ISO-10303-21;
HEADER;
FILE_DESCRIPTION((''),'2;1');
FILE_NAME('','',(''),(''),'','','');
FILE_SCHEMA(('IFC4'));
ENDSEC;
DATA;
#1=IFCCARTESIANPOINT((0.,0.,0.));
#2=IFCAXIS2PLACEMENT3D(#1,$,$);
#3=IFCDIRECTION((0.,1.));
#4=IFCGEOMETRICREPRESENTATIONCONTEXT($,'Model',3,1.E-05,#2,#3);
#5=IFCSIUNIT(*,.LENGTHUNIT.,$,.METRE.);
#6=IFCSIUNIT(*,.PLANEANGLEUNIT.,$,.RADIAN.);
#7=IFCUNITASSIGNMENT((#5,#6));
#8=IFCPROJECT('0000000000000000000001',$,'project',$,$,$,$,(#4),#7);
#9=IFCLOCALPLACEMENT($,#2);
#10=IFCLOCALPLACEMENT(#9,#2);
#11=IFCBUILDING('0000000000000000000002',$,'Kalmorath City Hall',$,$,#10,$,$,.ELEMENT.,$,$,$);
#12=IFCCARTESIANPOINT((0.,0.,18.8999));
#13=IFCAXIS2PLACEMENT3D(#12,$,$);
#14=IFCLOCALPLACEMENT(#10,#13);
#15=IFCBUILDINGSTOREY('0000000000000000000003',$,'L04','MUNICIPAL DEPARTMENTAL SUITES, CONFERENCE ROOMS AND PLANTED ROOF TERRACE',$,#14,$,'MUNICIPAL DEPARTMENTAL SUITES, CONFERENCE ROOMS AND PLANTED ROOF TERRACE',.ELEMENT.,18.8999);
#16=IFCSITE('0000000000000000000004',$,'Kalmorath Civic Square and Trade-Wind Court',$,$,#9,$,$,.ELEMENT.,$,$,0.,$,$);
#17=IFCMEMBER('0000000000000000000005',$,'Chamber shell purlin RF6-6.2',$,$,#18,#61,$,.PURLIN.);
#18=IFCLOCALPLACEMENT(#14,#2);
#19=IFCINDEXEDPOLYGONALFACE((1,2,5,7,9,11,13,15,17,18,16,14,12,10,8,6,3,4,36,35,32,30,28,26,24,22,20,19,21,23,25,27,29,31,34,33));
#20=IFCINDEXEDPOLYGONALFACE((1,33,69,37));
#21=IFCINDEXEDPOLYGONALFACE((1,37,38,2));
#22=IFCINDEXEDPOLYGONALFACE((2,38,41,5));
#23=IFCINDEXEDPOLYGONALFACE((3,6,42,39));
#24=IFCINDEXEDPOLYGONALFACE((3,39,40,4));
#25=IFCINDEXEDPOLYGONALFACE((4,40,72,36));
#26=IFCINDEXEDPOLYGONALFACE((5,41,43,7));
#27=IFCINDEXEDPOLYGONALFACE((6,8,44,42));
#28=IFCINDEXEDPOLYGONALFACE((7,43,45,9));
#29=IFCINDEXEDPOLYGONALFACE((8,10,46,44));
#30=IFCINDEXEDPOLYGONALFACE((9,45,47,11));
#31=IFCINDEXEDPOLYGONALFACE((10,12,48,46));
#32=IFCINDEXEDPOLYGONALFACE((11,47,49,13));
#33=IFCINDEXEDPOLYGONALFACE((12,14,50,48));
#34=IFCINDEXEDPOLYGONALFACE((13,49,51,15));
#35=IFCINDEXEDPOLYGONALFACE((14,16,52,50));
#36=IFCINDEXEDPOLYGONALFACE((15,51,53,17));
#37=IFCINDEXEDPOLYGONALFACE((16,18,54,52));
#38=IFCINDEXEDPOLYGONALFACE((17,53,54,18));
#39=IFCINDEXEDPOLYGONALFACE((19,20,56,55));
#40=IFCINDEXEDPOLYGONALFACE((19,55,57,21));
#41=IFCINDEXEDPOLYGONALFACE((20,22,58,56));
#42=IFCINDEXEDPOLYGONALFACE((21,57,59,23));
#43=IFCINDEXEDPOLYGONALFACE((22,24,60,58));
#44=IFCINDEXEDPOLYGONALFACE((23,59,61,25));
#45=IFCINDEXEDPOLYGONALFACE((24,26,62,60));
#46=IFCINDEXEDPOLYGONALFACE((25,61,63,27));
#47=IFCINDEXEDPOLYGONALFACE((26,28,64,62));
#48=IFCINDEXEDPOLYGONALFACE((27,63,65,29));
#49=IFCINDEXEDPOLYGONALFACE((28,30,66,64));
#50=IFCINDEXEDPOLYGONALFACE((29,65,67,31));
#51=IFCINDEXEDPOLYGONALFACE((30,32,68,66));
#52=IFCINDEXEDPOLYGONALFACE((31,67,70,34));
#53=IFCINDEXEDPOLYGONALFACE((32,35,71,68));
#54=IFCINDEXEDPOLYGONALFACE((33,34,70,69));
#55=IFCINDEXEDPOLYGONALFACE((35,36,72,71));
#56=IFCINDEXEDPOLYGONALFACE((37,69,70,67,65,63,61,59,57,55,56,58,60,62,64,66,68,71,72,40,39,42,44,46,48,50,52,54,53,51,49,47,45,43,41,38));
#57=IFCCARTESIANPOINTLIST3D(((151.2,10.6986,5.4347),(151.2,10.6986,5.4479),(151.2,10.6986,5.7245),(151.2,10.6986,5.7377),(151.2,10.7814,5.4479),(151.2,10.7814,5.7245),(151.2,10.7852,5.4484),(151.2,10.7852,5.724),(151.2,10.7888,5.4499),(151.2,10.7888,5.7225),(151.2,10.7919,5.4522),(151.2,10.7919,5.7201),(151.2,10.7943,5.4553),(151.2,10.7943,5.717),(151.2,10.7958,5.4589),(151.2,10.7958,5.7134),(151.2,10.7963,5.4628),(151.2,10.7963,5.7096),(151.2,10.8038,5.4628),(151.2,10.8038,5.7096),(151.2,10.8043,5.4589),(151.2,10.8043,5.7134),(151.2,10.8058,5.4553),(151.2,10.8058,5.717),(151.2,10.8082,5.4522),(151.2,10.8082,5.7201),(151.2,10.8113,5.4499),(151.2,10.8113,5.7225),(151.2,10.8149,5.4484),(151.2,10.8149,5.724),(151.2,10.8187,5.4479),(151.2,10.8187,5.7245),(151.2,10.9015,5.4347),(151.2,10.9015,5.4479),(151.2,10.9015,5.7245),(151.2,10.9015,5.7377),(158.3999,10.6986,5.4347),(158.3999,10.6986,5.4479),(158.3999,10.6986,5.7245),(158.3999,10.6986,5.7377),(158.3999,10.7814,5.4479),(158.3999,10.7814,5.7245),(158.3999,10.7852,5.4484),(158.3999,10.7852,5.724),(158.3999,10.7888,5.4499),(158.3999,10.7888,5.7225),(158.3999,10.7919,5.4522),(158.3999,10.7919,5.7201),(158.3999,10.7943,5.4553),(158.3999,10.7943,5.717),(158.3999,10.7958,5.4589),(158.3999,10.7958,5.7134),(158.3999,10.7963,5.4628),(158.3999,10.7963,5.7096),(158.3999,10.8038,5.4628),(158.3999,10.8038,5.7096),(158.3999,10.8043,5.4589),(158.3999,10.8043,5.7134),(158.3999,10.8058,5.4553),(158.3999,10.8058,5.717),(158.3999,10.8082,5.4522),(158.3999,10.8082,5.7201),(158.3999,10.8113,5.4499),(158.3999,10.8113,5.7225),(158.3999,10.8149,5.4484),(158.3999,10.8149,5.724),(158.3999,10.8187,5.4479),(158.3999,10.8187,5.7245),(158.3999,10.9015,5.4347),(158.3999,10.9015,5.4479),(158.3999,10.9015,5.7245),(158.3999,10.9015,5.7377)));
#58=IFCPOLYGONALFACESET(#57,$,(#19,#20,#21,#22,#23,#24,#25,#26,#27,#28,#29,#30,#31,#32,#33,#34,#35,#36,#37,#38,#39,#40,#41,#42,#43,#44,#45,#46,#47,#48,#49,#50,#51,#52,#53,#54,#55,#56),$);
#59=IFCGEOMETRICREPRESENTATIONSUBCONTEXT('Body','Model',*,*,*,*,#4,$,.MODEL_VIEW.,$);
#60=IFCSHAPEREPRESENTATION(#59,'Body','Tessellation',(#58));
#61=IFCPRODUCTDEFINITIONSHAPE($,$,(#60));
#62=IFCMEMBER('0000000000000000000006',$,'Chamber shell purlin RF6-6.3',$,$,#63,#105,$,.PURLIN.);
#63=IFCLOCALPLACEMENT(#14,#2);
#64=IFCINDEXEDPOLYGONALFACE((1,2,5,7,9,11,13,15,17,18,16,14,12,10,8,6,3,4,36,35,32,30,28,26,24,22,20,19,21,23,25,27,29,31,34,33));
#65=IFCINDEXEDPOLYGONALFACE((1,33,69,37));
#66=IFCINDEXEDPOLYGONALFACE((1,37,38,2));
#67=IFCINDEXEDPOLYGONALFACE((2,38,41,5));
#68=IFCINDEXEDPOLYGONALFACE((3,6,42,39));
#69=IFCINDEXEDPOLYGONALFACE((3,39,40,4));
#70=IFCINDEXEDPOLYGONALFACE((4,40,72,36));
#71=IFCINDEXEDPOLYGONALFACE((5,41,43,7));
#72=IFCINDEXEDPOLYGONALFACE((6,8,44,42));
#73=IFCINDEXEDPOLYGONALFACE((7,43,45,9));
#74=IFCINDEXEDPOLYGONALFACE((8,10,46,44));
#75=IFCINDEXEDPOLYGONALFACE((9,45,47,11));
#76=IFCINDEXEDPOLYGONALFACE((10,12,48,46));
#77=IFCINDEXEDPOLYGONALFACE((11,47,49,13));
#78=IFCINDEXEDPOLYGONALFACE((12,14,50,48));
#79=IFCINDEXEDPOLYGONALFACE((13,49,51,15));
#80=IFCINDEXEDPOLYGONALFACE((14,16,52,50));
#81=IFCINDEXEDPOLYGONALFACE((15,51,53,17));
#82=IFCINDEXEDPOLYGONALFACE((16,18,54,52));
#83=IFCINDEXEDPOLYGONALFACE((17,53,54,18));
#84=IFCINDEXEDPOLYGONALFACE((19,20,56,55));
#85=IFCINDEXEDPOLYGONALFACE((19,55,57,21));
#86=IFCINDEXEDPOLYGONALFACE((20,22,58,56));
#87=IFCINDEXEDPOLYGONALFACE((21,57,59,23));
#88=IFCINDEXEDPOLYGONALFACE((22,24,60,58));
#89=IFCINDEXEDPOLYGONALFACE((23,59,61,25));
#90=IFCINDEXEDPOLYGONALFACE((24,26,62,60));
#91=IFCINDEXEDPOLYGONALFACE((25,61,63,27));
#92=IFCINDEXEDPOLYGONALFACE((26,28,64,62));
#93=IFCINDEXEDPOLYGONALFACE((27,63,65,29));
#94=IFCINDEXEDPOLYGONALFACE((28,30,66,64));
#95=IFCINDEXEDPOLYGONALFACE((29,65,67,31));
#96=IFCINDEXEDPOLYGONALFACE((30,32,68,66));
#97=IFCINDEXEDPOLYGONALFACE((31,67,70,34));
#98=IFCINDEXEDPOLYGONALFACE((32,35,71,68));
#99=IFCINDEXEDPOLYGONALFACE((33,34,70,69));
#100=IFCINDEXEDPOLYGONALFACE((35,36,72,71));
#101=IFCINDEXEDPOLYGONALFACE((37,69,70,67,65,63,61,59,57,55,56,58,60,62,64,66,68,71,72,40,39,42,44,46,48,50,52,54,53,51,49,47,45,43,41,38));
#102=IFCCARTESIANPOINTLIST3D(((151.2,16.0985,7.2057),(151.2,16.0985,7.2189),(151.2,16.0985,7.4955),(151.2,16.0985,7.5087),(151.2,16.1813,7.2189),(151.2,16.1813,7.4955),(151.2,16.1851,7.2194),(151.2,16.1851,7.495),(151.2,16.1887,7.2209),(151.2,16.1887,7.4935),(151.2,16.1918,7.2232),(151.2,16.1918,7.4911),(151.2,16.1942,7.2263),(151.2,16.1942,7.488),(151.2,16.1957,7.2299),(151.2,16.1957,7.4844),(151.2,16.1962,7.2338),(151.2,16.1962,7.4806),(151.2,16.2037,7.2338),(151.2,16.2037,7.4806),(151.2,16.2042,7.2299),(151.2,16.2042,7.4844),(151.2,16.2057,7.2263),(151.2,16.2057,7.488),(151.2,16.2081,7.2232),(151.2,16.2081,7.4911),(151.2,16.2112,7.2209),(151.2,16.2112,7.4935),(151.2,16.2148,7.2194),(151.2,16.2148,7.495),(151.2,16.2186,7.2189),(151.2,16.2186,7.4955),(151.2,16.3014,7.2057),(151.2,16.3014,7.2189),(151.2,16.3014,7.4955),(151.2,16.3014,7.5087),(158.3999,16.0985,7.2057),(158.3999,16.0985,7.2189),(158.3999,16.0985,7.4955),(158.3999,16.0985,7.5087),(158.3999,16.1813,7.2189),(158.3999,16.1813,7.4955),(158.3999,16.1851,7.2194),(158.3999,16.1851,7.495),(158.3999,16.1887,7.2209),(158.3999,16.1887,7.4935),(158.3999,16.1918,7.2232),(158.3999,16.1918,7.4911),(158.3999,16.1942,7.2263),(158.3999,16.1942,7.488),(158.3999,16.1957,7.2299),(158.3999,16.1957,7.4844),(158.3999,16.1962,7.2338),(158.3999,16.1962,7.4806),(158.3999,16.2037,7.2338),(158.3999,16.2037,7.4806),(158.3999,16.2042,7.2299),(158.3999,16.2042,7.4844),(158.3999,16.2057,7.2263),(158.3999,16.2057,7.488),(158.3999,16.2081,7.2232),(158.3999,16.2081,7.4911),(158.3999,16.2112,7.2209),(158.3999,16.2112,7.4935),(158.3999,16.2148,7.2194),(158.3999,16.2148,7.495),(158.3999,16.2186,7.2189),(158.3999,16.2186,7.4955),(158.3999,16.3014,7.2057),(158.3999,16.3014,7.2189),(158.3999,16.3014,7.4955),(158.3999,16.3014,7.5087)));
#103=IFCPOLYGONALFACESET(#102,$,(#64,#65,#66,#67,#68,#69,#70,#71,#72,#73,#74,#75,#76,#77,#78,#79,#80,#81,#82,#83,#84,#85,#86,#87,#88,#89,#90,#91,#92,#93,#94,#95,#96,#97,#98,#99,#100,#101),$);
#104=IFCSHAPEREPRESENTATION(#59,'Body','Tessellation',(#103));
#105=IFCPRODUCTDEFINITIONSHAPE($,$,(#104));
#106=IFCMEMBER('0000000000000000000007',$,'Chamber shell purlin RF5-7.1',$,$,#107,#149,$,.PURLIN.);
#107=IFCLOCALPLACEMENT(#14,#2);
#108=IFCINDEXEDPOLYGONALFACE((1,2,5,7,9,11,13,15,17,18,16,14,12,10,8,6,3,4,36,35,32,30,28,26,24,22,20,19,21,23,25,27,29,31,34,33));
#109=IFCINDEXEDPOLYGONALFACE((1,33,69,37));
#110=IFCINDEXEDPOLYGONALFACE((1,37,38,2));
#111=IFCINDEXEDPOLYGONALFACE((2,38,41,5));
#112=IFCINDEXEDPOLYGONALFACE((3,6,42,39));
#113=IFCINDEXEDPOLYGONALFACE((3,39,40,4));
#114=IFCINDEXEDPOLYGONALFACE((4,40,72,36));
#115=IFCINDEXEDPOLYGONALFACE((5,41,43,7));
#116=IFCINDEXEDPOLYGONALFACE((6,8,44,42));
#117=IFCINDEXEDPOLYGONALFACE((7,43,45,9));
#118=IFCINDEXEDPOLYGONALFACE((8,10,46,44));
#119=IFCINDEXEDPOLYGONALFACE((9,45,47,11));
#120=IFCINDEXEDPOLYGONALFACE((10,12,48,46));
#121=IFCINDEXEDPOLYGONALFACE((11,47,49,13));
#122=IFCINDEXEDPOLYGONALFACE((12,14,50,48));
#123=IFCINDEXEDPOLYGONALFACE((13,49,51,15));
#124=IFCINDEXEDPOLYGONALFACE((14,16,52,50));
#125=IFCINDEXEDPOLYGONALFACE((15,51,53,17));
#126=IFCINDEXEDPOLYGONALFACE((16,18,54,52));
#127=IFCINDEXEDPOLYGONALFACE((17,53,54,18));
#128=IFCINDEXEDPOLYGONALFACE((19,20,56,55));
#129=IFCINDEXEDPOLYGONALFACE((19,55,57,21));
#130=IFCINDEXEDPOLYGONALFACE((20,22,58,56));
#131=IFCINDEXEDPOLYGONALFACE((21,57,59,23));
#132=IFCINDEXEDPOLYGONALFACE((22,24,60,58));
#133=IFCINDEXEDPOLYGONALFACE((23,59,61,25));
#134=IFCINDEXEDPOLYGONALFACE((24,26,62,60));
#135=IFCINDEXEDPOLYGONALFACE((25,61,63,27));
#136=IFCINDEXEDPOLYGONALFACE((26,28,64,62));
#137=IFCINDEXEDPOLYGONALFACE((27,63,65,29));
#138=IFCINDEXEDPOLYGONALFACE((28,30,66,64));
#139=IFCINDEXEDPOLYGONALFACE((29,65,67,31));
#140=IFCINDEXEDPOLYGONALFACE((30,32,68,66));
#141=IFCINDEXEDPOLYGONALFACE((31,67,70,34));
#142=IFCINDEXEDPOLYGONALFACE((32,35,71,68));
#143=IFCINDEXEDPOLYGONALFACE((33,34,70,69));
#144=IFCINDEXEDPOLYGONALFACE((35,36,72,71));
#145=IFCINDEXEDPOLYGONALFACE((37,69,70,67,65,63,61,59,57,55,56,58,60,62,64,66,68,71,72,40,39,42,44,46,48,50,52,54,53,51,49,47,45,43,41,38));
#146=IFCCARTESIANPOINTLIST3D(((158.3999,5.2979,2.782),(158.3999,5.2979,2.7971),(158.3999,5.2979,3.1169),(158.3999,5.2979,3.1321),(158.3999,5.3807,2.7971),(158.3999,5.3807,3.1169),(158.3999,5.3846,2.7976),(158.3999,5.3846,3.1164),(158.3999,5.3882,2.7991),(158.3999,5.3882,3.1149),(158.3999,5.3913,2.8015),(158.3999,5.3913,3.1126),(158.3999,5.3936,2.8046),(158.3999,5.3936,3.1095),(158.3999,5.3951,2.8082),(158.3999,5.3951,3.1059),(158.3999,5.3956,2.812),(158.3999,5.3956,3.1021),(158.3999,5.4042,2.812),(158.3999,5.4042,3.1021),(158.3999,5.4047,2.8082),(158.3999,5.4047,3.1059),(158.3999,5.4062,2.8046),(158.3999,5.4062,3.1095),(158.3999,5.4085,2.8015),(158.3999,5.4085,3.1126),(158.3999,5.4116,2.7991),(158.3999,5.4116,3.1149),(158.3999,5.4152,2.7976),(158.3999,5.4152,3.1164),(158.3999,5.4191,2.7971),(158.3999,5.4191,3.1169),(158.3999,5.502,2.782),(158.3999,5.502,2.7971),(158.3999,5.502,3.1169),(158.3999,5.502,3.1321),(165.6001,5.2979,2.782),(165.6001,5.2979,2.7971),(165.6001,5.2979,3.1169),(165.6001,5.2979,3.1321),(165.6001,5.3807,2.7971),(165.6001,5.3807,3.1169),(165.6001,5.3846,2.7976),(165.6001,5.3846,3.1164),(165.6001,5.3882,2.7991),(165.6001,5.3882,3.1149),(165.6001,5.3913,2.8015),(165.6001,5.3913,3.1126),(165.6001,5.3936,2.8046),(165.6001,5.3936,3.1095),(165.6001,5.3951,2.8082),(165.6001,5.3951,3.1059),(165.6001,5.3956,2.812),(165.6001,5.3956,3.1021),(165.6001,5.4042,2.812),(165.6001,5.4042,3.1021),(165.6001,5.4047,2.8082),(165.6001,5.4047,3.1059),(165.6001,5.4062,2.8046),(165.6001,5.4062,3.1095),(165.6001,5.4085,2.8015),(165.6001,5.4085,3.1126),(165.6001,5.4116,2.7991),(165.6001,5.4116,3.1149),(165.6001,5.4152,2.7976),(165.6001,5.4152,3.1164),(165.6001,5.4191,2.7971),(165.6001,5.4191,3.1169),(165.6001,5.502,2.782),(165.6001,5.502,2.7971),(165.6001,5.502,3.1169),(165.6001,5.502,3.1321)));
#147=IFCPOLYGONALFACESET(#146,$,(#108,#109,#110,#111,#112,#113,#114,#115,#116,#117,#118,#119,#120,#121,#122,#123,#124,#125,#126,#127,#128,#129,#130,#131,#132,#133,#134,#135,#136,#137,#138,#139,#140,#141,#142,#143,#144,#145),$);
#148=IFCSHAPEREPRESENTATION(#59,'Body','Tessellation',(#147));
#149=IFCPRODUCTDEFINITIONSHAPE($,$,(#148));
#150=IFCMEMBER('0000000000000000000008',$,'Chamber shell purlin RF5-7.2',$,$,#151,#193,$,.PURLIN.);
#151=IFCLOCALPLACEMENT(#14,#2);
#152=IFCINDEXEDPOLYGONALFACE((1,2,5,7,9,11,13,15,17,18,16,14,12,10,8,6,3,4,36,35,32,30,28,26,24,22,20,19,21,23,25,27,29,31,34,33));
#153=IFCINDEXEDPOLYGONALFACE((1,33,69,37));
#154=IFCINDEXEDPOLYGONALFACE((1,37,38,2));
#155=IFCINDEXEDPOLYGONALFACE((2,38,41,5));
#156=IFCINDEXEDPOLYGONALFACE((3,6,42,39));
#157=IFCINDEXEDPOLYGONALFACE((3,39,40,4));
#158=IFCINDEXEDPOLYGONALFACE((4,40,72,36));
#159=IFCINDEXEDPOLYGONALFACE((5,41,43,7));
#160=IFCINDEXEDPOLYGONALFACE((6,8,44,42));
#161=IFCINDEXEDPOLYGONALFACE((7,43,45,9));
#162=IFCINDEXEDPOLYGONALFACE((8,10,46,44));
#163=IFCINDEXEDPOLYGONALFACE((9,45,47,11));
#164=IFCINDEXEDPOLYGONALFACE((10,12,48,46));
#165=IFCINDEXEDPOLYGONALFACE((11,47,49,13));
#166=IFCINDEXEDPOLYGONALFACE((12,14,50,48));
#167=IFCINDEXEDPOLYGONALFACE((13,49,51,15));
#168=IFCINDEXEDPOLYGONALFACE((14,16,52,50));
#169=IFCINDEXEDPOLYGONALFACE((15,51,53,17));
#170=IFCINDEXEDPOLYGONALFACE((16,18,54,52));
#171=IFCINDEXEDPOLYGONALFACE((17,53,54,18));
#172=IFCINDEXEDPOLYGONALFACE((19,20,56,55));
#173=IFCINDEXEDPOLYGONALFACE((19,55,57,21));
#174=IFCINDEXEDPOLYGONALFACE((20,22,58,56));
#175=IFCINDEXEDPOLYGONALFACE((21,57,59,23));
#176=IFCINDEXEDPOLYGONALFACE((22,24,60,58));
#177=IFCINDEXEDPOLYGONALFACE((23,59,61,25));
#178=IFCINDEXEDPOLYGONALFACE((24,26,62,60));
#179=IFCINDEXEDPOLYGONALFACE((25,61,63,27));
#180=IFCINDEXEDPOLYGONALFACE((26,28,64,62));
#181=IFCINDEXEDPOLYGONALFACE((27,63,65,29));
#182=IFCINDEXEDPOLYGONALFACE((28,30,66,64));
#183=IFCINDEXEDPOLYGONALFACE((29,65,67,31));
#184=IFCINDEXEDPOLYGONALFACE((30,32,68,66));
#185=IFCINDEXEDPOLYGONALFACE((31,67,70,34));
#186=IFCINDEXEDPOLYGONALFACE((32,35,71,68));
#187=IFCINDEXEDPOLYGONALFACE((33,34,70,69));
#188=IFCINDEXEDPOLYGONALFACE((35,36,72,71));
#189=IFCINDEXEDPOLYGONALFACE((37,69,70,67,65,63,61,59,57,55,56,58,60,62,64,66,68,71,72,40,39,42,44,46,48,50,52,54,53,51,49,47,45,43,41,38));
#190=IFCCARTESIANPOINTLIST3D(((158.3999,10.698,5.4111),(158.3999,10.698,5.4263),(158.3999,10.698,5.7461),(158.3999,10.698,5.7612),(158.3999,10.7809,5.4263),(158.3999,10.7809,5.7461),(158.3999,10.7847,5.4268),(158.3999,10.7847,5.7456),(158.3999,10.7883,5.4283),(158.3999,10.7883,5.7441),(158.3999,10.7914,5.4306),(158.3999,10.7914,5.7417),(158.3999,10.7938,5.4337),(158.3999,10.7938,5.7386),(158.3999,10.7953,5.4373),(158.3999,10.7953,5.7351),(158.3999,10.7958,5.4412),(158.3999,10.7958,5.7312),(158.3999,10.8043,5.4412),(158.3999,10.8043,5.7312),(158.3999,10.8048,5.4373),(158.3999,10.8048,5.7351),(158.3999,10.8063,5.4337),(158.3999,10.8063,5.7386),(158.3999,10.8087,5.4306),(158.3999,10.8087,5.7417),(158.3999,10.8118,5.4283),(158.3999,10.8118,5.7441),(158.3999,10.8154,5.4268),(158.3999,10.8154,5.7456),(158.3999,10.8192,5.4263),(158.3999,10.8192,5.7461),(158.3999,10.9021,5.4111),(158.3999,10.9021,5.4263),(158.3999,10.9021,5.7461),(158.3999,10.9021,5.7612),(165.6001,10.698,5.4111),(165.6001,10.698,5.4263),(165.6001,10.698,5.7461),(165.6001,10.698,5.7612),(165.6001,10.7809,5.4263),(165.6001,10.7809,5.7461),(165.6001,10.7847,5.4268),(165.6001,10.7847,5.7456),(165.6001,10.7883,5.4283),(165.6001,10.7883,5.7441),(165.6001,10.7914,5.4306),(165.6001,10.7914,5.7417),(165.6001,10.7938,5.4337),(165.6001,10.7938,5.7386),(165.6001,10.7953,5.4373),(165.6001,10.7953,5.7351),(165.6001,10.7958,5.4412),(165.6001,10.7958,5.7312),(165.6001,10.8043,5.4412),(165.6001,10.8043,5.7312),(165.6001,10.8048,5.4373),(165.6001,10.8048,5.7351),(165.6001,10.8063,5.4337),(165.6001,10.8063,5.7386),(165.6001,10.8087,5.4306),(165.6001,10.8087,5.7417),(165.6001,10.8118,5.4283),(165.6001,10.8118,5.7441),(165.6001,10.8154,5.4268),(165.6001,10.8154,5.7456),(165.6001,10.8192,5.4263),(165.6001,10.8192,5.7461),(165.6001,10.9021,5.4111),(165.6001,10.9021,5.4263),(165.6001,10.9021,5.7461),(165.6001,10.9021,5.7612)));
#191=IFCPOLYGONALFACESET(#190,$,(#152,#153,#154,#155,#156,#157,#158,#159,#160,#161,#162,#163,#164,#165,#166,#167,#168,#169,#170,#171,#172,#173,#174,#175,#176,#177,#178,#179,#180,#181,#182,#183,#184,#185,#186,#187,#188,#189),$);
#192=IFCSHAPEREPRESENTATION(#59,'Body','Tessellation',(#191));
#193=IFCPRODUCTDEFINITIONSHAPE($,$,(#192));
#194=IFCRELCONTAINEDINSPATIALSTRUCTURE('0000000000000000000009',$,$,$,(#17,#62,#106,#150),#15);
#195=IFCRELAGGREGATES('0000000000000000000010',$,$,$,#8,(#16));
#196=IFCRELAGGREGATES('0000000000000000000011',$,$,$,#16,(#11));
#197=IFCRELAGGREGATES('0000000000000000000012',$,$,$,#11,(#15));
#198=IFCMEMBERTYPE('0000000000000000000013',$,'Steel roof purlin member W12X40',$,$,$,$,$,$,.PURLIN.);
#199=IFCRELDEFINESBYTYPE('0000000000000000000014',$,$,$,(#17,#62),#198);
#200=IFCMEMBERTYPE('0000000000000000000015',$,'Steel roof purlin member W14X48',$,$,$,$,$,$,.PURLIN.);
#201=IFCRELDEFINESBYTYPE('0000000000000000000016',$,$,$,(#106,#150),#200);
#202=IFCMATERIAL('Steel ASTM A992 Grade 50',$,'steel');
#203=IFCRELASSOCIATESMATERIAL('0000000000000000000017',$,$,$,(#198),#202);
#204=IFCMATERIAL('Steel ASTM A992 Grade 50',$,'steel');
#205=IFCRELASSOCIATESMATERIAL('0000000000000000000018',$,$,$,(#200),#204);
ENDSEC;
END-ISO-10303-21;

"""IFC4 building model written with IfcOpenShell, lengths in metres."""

from ifc_helpers import new_model, si_unit, direction, frame, origin, origin_2d, place, context, subcontext, project, spatial, i_section, extrude, material, material_profile, profile_set, type_object, element, save


model = new_model("IFC4")

# Units and contexts
model_context = context("Model", 3, precision=1e-05, world=origin(), true_north=direction((0.0, 1.0)))
body_context = subcontext(model_context, "Body", "Model", "MODEL_VIEW")
ifc_project = project(units=[si_unit("LENGTHUNIT", "METRE"), si_unit("PLANEANGLEUNIT", "RADIAN")], contexts=[model_context])

# Site, building, storey
site_placement = place(None, origin())
site = spatial("IfcSite", under=ifc_project, at=site_placement, Name="Kalmorath Civic Square and Trade-Wind Court", CompositionType="ELEMENT", RefElevation=0.0)
building_placement = place(site_placement, origin())
building = spatial("IfcBuilding", under=site, at=building_placement, Name="Kalmorath City Hall", CompositionType="ELEMENT")
storey_placement = place(building_placement, frame((0.0, 0.0, 18.8999)))
storey = spatial("IfcBuildingStorey", under=building, at=storey_placement, Name="L04", Description="MUNICIPAL DEPARTMENTAL SUITES, CONFERENCE ROOMS AND PLANTED ROOF TERRACE", LongName="MUNICIPAL DEPARTMENTAL SUITES, CONFERENCE ROOMS AND PLANTED ROOF TERRACE", CompositionType="ELEMENT", Elevation=18.8999)

# Members
ifc_material_1 = material(Name="Steel ASTM A992 Grade 50", Category="steel")
ifc_material_profile_1 = material_profile(ifc_material_1, i_section(OverallWidth=0.2029, OverallDepth=0.303, WebThickness=0.0076, FlangeThickness=0.0132, FilletRadius=0.0149, at=origin_2d()), Name="W12X40")
ifc_profile_set_1 = profile_set([ifc_material_profile_1], Name="Steel ASTM A992 Grade 50")
member_type_1 = type_object("IfcMemberType", Name="Steel roof purlin member W12X40", PredefinedType="PURLIN", material=ifc_profile_set_1)
for number, where, z_axis, x_axis, name in (
    (1, (151.2, 10.8, 5.5862), (1.0, 0.0, 0.0), (0.0, 1.0, 0.0), "Chamber shell purlin RF6-6.2"),
    (2, (151.2, 16.2, 7.3572), (1.0, 0.0, 0.0), (0.0, 1.0, 0.0), "Chamber shell purlin RF6-6.3"),
):
    element("IfcMember", number, at=place(storey_placement, frame(where, z_axis=z_axis, x_axis=x_axis)), inside=storey, type_object=member_type_1, Name=name, PredefinedType="PURLIN", context=body_context, shape_type="SweptSolid", body=[
        extrude(i_section(OverallWidth=0.2029, OverallDepth=0.303, WebThickness=0.0076, FlangeThickness=0.0132, FilletRadius=0.0149, at=origin_2d()), origin(), (0.0, 0.0, 1.0), 7.2),
    ])
ifc_material_2 = material(Name="Steel ASTM A992 Grade 50", Category="steel")
ifc_material_profile_2 = material_profile(ifc_material_2, i_section(OverallWidth=0.2041, OverallDepth=0.3501, WebThickness=0.0085, FlangeThickness=0.0151, FilletRadius=0.0149, at=origin_2d()), Name="W14X48")
ifc_profile_set_2 = profile_set([ifc_material_profile_2], Name="Steel ASTM A992 Grade 50")
member_type_2 = type_object("IfcMemberType", Name="Steel roof purlin member W14X48", PredefinedType="PURLIN", material=ifc_profile_set_2)
for number, where, z_axis, x_axis, name in (
    (3, (158.3999, 5.3999, 2.957), (1.0, 0.0, 0.0), (0.0, 1.0, 0.0), "Chamber shell purlin RF5-7.1"),
    (4, (158.3999, 10.8, 5.5862), (1.0, 0.0, 0.0), (0.0, 1.0, 0.0), "Chamber shell purlin RF5-7.2"),
):
    element("IfcMember", number, at=place(storey_placement, frame(where, z_axis=z_axis, x_axis=x_axis)), inside=storey, type_object=member_type_2, Name=name, PredefinedType="PURLIN", context=body_context, shape_type="SweptSolid", body=[
        extrude(i_section(OverallWidth=0.2041, OverallDepth=0.3501, WebThickness=0.0085, FlangeThickness=0.0151, FilletRadius=0.0149, at=origin_2d()), origin(), (0.0, 0.0, 1.0), 7.2002),
    ])

save(model, "model.ifc")
